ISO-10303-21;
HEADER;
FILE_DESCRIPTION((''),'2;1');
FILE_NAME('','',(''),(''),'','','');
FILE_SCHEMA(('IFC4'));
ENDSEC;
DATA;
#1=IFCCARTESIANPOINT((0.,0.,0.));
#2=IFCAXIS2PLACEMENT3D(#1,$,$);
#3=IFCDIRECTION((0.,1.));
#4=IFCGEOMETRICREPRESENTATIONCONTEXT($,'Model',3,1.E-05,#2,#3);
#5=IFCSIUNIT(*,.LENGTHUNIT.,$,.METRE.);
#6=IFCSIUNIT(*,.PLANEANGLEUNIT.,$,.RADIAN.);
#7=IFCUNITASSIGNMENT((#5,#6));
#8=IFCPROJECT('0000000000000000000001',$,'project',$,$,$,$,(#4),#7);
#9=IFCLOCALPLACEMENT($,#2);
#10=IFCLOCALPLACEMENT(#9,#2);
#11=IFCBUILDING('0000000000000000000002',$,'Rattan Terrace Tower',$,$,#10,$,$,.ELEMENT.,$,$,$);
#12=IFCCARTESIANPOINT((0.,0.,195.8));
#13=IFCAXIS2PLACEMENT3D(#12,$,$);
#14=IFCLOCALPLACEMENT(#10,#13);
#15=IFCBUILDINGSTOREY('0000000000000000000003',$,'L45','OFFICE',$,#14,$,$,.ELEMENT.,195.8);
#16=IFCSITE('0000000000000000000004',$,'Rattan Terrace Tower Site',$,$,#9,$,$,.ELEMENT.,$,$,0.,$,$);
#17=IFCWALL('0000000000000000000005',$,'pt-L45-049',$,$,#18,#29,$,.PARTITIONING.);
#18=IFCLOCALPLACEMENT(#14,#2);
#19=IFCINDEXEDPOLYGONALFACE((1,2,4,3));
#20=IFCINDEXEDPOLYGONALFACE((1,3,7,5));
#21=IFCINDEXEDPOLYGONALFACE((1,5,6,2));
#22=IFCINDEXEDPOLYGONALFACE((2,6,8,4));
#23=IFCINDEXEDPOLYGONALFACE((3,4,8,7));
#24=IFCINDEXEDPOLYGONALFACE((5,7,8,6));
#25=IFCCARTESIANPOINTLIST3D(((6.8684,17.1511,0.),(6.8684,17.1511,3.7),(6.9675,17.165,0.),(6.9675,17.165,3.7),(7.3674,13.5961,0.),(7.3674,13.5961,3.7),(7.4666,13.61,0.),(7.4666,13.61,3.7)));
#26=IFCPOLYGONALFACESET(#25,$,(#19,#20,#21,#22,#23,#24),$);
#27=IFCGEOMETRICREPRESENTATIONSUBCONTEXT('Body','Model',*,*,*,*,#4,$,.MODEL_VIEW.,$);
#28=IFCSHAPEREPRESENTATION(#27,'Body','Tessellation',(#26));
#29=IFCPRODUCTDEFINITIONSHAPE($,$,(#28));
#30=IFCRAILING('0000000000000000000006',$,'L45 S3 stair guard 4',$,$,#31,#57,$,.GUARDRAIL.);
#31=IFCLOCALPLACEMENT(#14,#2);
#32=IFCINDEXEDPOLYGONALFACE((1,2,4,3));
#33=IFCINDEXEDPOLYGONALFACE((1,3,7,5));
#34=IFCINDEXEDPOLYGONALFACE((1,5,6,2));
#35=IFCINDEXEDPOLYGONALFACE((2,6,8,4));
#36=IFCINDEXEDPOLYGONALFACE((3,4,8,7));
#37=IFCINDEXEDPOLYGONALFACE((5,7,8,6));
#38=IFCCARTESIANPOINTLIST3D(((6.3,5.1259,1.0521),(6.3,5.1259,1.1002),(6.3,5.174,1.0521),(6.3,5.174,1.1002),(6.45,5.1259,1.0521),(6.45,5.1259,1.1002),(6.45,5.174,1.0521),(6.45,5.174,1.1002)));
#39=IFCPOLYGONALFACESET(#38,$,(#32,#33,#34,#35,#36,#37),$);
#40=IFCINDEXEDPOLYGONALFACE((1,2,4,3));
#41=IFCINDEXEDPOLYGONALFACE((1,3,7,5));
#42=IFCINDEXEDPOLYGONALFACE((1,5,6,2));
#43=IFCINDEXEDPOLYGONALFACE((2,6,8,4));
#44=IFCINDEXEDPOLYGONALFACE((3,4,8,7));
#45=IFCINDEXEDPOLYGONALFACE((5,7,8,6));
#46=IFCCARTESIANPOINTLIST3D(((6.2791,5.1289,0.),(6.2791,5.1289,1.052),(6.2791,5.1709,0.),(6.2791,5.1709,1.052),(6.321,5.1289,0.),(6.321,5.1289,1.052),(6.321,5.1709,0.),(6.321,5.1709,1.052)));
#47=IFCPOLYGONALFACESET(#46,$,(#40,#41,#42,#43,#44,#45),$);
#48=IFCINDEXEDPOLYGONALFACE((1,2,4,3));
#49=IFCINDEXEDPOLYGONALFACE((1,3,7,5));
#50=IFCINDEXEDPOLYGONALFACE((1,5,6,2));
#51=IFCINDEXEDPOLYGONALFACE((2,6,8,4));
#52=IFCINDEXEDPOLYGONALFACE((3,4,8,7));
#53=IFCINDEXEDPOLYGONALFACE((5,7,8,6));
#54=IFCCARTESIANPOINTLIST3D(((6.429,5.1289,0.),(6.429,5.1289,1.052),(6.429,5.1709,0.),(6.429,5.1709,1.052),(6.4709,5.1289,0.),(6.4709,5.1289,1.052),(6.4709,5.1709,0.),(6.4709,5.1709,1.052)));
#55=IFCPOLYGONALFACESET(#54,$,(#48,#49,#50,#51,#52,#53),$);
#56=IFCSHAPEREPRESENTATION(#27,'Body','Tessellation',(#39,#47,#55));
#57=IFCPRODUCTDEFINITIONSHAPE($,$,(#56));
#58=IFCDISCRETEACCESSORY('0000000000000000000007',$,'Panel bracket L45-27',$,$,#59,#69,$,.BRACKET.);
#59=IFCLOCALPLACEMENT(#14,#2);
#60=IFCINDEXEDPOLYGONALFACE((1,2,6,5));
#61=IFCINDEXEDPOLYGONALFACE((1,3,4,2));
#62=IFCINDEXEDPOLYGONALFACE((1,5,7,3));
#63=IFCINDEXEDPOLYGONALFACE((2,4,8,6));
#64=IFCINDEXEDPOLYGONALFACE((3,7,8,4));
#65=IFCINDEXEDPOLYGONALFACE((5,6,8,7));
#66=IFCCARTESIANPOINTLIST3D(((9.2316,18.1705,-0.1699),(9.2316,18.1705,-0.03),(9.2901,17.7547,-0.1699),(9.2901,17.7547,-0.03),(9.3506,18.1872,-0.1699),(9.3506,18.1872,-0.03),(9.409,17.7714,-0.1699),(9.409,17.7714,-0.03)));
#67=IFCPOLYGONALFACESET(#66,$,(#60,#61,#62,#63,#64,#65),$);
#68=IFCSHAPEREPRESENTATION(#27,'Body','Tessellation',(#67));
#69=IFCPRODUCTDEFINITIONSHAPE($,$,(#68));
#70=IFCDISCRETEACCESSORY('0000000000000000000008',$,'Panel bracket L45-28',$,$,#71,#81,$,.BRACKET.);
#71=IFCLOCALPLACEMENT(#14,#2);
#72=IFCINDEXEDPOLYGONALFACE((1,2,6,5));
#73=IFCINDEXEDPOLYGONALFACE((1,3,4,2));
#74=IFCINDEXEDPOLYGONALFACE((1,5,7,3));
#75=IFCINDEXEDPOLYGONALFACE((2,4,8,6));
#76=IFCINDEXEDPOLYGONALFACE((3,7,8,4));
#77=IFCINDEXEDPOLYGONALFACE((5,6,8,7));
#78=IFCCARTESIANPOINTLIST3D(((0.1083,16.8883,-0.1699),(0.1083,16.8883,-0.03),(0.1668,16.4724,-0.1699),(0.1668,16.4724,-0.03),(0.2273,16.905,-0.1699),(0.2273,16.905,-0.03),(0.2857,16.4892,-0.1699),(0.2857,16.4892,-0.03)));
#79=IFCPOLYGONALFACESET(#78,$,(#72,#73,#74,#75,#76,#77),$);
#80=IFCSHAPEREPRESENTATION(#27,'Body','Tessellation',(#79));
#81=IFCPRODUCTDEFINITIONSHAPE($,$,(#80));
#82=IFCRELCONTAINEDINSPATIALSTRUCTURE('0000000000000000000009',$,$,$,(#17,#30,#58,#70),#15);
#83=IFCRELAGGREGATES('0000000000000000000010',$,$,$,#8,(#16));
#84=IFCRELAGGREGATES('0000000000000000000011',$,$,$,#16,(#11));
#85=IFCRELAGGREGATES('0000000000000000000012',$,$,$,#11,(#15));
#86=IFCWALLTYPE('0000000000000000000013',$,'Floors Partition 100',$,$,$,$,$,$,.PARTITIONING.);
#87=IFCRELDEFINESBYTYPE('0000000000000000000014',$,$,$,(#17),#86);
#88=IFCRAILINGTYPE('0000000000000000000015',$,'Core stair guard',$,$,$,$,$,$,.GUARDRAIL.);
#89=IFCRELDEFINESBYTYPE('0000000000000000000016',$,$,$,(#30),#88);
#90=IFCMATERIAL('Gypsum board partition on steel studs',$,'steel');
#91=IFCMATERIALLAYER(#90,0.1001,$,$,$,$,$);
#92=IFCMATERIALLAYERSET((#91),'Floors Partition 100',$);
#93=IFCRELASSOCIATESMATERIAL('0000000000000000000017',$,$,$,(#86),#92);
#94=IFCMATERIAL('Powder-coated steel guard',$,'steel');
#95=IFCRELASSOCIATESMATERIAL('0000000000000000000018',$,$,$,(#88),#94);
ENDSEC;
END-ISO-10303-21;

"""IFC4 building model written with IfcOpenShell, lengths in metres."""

from ifc_helpers import new_model, si_unit, direction, frame, frame_2d, origin, origin_2d, place, context, subcontext, project, spatial, rectangle, extrude, material, layer, layer_set, type_object, element, save


model = new_model("IFC4")

# Units and contexts
model_context = context("Model", 3, precision=1e-05, world=origin(), true_north=direction((0.0, 1.0)))
body_context = subcontext(model_context, "Body", "Model", "MODEL_VIEW")
ifc_project = project(units=[si_unit("LENGTHUNIT", "METRE"), si_unit("PLANEANGLEUNIT", "RADIAN")], contexts=[model_context])

# Site, building, storey
site_placement = place(None, origin())
site = spatial("IfcSite", under=ifc_project, at=site_placement, Name="Rattan Terrace Tower Site", CompositionType="ELEMENT", RefElevation=0.0)
building_placement = place(site_placement, origin())
building = spatial("IfcBuilding", under=site, at=building_placement, Name="Rattan Terrace Tower", CompositionType="ELEMENT")
storey_placement = place(building_placement, frame((0.0, 0.0, 195.8)))
storey = spatial("IfcBuildingStorey", under=building, at=storey_placement, Name="L45", Description="OFFICE", CompositionType="ELEMENT", Elevation=195.8)

# Shared definitions
ifc_material_1 = material(Name="Gypsum board partition on steel studs", Category="steel")
ifc_layer_1 = layer(ifc_material_1, 0.1001)
ifc_layer_set_1 = layer_set([ifc_layer_1], Name="Floors Partition 100")
wall_type_1 = type_object("IfcWallType", Name="Floors Partition 100", PredefinedType="PARTITIONING", material=ifc_layer_set_1)

# Wall
wall_1_placement = place(storey_placement, frame((7.417, 13.603, 0.0), z_axis=(0.0, 0.0, 1.0), x_axis=(-0.139012, 0.990291, 0.0)))
element("IfcWall", 1, at=wall_1_placement, inside=storey, type_object=wall_type_1, Name="pt-L45-049", PredefinedType="PARTITIONING", context=body_context, shape_type="SweptSolid", body=[
    extrude(rectangle(XDim=3.5898, YDim=0.1001, at=frame_2d((1.7949, 0.0))), origin(), (0.0, 0.0, 1.0), 3.7),
])

# Railing
ifc_material_2 = material(Name="Powder-coated steel guard", Category="steel")
railing_type = type_object("IfcRailingType", Name="Core stair guard", PredefinedType="GUARDRAIL", material=ifc_material_2)
railing_placement = place(storey_placement, frame((6.3, 5.1499, 0.0)))
element("IfcRailing", 2, at=railing_placement, inside=storey, type_object=railing_type, Name="L45 S3 stair guard 4", PredefinedType="GUARDRAIL", context=body_context, shape_type="SweptSolid", body=[
    extrude(rectangle(XDim=0.0481, YDim=0.0481, at=origin_2d()), frame((0.0, 0.0, 1.0762), z_axis=(1.0, 0.0, 0.0), x_axis=(0.0, 1.0, 0.0)), (0.0, 0.0, 1.0), 0.1499),
    extrude(rectangle(XDim=0.042, YDim=0.042, at=origin_2d()), origin(), (0.0, 0.0, 1.0), 1.052),
    extrude(rectangle(XDim=0.042, YDim=0.042, at=origin_2d()), frame((0.1499, 0.0, 0.0)), (0.0, 0.0, 1.0), 1.052),
])

# Discrete accessories
for number, where, z_axis, x_axis, name in (
    (3, (9.3203, 17.9709, -0.1699), (0.0, 0.0, 1.0), (-0.99027, -0.139161, 0.0), "Panel bracket L45-27"),
    (4, (0.197, 16.6887, -0.1699), (0.0, 0.0, 1.0), (-0.99027, -0.139161, 0.0), "Panel bracket L45-28"),
):
    element("IfcDiscreteAccessory", number, at=place(storey_placement, frame(where, z_axis=z_axis, x_axis=x_axis)), inside=storey, Name=name, PredefinedType="BRACKET", context=body_context, shape_type="SweptSolid", body=[
        extrude(rectangle(XDim=0.1201, YDim=0.4199, at=origin_2d()), origin(), (0.0, 0.0, 1.0), 0.1399),
    ])

save(model, "model.ifc")
